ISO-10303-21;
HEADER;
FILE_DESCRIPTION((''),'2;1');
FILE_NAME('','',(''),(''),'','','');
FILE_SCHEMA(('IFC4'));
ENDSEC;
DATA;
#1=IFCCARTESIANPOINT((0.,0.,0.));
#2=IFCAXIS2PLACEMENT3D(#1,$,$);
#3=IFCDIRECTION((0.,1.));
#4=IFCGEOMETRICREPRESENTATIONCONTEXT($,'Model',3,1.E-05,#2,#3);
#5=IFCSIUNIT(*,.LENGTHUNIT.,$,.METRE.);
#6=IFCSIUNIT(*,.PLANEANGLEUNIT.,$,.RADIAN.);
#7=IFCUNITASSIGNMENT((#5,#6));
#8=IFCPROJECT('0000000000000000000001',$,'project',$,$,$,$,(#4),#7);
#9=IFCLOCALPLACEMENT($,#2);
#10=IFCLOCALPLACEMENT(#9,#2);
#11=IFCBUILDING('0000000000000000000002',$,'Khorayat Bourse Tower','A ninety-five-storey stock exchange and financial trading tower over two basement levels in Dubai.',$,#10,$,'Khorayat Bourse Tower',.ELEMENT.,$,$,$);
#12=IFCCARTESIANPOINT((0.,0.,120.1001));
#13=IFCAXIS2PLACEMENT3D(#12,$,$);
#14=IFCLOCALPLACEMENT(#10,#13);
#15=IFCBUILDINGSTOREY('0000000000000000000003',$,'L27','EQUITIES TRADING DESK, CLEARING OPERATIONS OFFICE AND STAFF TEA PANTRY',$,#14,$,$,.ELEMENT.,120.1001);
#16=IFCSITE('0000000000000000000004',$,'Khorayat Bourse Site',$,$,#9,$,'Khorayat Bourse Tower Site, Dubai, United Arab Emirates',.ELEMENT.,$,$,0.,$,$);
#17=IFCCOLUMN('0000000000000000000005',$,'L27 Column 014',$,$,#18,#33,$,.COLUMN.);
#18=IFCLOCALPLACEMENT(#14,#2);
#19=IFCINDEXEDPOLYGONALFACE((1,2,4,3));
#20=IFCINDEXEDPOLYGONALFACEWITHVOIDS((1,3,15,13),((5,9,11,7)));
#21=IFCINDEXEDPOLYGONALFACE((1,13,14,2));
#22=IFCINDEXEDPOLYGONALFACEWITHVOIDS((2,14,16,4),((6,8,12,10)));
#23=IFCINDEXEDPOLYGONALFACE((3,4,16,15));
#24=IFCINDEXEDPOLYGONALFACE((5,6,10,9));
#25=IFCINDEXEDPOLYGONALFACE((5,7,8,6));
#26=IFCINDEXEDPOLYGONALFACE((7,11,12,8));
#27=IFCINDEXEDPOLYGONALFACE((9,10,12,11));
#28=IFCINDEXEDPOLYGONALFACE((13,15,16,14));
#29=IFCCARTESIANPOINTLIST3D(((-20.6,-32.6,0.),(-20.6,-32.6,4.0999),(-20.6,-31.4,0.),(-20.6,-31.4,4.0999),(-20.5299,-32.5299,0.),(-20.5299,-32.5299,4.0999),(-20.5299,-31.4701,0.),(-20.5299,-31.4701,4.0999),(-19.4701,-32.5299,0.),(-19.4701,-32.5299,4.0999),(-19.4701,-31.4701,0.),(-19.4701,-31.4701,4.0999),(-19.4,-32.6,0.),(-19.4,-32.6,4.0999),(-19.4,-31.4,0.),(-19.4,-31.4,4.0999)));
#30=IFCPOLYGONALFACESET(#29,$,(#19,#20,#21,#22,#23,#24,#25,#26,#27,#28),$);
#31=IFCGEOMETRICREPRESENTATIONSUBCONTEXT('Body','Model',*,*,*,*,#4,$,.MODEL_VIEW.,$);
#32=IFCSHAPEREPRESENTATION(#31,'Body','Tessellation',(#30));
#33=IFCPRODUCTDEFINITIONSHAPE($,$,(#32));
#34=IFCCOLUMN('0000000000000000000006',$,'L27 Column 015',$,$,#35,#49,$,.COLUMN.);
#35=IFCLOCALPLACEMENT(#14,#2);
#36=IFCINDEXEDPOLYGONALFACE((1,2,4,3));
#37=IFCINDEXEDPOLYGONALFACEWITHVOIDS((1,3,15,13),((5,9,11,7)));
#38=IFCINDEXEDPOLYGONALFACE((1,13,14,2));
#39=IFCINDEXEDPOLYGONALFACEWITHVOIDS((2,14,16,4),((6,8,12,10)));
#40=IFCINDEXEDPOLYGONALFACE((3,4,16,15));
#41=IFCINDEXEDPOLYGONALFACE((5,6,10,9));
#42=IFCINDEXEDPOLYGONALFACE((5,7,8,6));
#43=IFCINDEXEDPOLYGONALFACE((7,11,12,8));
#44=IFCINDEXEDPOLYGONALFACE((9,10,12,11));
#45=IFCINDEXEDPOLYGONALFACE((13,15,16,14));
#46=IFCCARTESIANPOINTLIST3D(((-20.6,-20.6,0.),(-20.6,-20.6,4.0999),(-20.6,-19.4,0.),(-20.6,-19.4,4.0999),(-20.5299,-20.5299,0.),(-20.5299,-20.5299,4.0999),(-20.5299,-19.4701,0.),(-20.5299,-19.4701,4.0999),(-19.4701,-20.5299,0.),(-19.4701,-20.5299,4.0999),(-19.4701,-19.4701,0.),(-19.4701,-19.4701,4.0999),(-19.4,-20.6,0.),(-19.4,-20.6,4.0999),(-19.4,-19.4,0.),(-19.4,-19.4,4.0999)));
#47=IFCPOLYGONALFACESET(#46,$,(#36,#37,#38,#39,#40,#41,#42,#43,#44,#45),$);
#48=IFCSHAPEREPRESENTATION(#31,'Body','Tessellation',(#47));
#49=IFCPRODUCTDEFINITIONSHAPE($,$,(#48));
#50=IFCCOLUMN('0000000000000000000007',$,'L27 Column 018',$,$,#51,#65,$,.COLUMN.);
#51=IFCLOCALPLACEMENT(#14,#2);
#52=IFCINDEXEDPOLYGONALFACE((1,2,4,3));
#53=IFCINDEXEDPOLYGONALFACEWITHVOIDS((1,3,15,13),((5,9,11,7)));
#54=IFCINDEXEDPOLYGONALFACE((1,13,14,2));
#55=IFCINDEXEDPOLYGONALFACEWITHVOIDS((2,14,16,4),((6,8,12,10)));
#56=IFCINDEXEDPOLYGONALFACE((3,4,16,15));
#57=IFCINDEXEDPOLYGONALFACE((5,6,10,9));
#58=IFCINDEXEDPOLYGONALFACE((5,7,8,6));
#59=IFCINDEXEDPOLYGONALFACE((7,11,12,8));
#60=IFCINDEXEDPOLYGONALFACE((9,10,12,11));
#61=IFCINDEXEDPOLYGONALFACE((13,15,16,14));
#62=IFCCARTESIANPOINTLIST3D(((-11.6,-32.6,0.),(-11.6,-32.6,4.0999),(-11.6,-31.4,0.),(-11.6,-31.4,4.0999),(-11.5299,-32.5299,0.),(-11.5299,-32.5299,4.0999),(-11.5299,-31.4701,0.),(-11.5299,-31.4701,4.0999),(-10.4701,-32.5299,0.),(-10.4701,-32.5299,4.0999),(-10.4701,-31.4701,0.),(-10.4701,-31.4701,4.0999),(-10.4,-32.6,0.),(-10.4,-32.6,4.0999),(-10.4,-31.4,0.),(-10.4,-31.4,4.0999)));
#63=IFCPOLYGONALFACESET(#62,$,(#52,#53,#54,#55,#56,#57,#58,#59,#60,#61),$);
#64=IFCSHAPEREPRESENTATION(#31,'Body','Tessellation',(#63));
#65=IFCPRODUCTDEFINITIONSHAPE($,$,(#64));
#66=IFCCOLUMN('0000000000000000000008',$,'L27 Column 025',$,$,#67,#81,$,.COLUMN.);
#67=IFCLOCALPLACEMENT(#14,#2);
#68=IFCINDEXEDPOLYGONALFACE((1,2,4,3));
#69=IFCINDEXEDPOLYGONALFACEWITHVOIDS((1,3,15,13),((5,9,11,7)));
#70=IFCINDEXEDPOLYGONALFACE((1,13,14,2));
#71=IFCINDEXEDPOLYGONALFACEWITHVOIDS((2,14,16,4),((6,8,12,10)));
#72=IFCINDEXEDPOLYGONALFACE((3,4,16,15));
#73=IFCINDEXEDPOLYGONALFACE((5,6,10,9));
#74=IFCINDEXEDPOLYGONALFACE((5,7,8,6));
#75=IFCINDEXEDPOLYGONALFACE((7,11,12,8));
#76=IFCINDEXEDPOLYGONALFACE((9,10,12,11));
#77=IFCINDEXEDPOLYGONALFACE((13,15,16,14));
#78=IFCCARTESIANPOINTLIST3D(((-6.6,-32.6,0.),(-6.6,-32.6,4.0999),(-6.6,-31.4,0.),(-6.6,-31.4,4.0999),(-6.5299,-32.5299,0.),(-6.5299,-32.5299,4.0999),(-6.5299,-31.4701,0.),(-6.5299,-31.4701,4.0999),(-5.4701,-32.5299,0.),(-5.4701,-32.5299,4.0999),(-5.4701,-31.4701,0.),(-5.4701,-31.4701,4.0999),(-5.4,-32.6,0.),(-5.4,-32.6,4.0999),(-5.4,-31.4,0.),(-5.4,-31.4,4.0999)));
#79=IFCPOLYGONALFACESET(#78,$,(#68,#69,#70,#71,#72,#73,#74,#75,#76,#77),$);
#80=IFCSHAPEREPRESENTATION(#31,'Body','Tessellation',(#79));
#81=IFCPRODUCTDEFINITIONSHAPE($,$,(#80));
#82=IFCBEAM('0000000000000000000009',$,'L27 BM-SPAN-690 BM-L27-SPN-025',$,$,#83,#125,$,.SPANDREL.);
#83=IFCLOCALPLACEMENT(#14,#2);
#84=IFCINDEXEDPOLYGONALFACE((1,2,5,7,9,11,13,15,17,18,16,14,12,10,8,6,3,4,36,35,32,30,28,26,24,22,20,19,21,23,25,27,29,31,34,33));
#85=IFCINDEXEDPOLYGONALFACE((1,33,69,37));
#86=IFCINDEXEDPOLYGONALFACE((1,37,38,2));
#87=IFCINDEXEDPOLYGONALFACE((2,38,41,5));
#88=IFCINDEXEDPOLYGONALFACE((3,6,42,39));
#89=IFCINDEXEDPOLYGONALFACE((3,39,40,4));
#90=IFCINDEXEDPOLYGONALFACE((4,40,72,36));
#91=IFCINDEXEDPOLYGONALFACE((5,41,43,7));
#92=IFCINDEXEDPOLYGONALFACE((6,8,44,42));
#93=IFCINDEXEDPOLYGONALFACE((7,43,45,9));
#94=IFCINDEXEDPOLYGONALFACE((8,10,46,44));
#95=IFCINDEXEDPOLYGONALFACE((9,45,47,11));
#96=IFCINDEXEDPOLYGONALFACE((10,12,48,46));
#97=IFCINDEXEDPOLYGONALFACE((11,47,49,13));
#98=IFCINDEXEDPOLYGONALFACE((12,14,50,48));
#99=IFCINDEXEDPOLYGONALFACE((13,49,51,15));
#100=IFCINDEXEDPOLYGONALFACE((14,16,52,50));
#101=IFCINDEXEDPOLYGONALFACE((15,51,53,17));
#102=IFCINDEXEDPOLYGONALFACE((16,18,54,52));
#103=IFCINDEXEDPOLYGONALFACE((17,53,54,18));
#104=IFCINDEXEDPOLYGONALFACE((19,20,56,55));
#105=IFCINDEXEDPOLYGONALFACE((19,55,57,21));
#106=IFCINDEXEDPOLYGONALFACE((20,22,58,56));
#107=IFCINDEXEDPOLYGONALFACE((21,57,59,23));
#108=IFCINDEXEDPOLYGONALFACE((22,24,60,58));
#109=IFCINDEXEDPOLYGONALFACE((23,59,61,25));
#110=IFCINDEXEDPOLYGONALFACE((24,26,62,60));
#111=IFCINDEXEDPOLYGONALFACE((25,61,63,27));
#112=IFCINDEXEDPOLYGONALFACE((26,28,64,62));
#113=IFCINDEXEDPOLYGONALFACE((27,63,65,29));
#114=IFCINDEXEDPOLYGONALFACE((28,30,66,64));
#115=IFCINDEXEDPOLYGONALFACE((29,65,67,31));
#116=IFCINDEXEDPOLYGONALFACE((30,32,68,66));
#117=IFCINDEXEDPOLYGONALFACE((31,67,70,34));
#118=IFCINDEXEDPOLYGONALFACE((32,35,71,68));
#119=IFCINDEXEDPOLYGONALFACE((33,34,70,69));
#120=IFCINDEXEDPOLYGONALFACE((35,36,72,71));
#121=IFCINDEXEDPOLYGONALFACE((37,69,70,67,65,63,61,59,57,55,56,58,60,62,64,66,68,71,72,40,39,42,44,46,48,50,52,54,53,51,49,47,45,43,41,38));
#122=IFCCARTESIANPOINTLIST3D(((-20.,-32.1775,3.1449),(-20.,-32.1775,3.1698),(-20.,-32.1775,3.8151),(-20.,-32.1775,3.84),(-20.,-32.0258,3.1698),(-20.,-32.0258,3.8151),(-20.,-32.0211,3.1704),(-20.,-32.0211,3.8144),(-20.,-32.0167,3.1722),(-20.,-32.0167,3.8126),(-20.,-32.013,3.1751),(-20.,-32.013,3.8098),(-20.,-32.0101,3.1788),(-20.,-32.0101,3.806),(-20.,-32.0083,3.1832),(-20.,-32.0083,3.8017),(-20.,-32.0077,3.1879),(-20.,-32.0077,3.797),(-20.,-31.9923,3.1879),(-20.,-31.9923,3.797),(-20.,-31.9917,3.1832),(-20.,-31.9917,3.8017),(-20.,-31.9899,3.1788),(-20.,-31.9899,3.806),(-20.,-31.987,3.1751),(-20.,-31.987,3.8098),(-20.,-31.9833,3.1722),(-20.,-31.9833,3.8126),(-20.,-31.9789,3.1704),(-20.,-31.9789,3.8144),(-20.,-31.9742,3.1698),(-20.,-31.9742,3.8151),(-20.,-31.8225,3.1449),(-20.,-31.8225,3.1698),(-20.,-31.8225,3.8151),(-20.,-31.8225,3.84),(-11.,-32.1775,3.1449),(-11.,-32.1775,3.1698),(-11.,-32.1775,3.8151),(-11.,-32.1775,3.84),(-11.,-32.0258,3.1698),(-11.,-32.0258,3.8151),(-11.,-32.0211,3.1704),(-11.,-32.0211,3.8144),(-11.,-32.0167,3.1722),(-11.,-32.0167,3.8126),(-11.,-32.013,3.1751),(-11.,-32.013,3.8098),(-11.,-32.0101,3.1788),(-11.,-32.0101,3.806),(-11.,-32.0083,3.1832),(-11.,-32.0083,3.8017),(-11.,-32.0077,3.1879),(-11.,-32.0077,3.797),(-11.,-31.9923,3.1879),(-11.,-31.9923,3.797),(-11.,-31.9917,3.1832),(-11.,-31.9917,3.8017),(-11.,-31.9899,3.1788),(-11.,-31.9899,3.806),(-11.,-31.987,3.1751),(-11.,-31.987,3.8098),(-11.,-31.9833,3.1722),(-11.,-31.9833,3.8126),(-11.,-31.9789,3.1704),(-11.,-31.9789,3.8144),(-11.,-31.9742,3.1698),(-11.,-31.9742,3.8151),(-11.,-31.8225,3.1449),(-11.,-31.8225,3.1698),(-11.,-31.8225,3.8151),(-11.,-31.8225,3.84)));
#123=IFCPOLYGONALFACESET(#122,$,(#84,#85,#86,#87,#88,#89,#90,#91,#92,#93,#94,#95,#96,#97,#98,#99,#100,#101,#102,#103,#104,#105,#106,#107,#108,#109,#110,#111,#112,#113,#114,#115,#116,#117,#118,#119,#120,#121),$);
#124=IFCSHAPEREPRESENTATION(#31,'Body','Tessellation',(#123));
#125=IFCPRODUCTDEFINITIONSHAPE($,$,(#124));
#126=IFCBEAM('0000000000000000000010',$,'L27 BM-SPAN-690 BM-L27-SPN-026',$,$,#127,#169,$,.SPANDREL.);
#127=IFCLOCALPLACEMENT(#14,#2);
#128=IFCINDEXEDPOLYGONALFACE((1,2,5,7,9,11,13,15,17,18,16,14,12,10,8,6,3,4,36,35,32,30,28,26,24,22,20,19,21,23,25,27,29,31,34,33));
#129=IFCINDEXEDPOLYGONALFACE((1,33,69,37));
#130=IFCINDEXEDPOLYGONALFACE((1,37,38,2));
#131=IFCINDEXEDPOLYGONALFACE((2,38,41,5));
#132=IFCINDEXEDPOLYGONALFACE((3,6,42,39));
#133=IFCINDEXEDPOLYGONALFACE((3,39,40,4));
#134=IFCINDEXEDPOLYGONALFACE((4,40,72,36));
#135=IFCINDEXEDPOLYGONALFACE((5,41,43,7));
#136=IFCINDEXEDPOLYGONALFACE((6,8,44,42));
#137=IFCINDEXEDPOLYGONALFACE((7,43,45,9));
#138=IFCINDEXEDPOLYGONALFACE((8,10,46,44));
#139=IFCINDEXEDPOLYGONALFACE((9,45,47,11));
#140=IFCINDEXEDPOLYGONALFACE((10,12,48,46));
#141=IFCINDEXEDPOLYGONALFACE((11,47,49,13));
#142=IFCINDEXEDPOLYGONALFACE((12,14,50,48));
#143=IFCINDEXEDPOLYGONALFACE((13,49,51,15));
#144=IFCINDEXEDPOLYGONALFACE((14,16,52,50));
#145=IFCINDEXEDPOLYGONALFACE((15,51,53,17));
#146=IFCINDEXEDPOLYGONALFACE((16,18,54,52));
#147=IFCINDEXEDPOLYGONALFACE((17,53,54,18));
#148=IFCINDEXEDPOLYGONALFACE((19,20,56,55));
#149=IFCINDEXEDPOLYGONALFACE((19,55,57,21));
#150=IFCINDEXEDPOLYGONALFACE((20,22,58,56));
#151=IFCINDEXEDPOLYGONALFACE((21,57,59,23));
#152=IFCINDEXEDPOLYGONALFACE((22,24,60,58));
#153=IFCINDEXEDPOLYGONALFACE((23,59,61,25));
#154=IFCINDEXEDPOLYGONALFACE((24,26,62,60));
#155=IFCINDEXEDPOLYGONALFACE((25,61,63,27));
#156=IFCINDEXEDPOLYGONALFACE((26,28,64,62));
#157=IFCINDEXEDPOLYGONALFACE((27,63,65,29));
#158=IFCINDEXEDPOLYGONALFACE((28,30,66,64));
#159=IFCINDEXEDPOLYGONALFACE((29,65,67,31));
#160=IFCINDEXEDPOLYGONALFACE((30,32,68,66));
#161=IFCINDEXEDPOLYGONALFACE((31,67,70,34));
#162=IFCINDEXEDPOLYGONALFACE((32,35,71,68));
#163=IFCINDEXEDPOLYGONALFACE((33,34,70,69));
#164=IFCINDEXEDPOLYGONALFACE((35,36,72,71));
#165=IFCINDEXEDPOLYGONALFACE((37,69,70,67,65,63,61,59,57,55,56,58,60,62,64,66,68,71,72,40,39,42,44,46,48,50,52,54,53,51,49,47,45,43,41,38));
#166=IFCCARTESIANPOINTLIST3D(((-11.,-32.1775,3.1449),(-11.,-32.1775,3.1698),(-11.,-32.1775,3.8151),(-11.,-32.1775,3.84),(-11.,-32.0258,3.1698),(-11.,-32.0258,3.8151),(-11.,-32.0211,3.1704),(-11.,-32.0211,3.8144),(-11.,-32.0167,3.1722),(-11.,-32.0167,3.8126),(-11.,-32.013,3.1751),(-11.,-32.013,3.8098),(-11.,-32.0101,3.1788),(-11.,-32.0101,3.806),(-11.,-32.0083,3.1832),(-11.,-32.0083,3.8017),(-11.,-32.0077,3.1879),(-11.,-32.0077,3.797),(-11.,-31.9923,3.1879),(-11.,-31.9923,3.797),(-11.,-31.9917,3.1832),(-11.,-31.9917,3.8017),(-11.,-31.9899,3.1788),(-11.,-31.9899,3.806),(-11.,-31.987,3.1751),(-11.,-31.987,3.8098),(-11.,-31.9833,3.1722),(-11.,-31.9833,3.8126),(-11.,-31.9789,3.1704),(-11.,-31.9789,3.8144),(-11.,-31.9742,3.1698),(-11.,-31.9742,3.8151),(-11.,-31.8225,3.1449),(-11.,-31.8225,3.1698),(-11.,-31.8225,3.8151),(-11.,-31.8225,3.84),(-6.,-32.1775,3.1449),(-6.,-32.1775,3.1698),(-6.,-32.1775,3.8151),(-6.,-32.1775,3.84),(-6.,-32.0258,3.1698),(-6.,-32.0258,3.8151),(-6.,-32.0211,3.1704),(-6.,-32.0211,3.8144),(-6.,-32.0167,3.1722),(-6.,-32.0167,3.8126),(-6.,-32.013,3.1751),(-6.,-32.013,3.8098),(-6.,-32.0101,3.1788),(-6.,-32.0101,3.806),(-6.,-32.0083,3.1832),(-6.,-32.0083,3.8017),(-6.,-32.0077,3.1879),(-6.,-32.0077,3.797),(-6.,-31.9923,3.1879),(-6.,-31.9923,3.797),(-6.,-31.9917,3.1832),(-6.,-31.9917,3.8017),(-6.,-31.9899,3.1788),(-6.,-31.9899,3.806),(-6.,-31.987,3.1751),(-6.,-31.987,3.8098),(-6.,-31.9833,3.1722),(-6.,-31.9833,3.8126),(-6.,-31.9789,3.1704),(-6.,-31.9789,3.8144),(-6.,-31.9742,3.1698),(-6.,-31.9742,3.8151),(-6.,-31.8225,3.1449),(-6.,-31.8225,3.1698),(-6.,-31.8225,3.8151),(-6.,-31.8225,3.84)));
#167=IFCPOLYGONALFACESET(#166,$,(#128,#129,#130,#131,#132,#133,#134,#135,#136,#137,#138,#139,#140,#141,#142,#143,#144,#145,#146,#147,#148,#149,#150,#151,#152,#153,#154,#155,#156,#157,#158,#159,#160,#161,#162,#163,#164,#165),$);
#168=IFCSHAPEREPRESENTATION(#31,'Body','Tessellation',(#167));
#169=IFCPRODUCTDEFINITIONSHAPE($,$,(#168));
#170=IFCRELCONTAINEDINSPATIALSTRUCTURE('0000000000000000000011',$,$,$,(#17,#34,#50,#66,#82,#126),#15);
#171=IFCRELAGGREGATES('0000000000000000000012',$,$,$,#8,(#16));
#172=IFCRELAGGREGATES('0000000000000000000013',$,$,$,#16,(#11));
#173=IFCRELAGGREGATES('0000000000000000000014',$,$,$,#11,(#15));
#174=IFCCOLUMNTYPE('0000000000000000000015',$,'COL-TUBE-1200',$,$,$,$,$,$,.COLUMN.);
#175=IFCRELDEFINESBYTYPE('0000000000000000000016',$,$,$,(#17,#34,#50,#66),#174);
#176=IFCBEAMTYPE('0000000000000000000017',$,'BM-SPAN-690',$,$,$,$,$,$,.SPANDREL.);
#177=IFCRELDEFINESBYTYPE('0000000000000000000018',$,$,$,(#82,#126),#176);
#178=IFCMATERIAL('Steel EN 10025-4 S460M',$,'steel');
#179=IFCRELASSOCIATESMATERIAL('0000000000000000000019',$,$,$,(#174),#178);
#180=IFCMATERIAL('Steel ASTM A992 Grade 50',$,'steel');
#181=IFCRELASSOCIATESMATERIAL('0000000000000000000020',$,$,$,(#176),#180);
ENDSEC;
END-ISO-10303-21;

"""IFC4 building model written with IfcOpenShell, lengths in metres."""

from ifc_helpers import new_model, si_unit, direction, frame, origin, origin_2d, place, context, subcontext, project, spatial, hollow_rectangle, i_section, extrude, source, transform, mapped, material, material_profile, profile_set, type_object, element, save


model = new_model("IFC4")

# Units and contexts
model_context = context("Model", 3, precision=1e-05, world=origin(), true_north=direction((0.0, 1.0)))
body_context = subcontext(model_context, "Body", "Model", "MODEL_VIEW")
ifc_project = project(units=[si_unit("LENGTHUNIT", "METRE"), si_unit("PLANEANGLEUNIT", "RADIAN")], contexts=[model_context])

# Site, building, storey
site_placement = place(None, origin())
site = spatial("IfcSite", under=ifc_project, at=site_placement, Name="Khorayat Bourse Site", LongName="Khorayat Bourse Tower Site, Dubai, United Arab Emirates", CompositionType="ELEMENT", RefElevation=0.0)
building_placement = place(site_placement, origin())
building = spatial("IfcBuilding", under=site, at=building_placement, Name="Khorayat Bourse Tower", Description="A ninety-five-storey stock exchange and financial trading tower over two basement levels in Dubai.", LongName="Khorayat Bourse Tower", CompositionType="ELEMENT")
storey_placement = place(building_placement, frame((0.0, 0.0, 120.1001)))
storey = spatial("IfcBuildingStorey", under=building, at=storey_placement, Name="L27", Description="EQUITIES TRADING DESK, CLEARING OPERATIONS OFFICE AND STAFF TEA PANTRY", CompositionType="ELEMENT", Elevation=120.1001)

# Columns
ifc_material_1 = material(Name="Steel EN 10025-4 S460M", Category="steel")
ifc_material_profile_1 = material_profile(ifc_material_1, hollow_rectangle(XDim=1.2, YDim=1.2, WallThickness=0.0701, at=origin_2d()), Name="BOX 1200x1200x70")
ifc_profile_set_1 = profile_set([ifc_material_profile_1], Name="Steel EN 10025-4 S460M")
column_type = type_object("IfcColumnType", Name="COL-TUBE-1200", PredefinedType="COLUMN", material=ifc_profile_set_1)
shared_shape_1 = source(origin(), body_context, "Body", "SweptSolid", [
    extrude(hollow_rectangle(XDim=1.2, YDim=1.2, WallThickness=0.0701, at=origin_2d()), origin(), (0.0, 0.0, 1.0), 4.0999),
])
for number, where, z_axis, x_axis, name in (
    (1, (-20.0, -32.0, 0.0), (0.0, 0.0, 1.0), (1.0, 0.0, 0.0), "L27 Column 014"),
    (2, (-20.0, -20.0, 0.0), (0.0, 0.0, 1.0), (1.0, 0.0, 0.0), "L27 Column 015"),
    (3, (-11.0, -32.0, 0.0), (0.0, 0.0, 1.0), (1.0, 0.0, 0.0), "L27 Column 018"),
    (4, (-6.0, -32.0, 0.0), (0.0, 0.0, 1.0), (1.0, 0.0, 0.0), "L27 Column 025"),
):
    element("IfcColumn", number, at=place(storey_placement, frame(where, z_axis=z_axis, x_axis=x_axis)), inside=storey, type_object=column_type, Name=name, PredefinedType="COLUMN", context=body_context, shape_type="MappedRepresentation", body=[
        mapped(shared_shape_1, transform((0.0, 0.0, 0.0), scale=1.0)),
    ])

# Beams
ifc_material_2 = material(Name="Steel ASTM A992 Grade 50", Category="steel")
ifc_material_profile_2 = material_profile(ifc_material_2, i_section(OverallWidth=0.355, OverallDepth=0.6951, WebThickness=0.0154, FlangeThickness=0.0249, FilletRadius=0.0181, at=origin_2d()), Name="W690X217")
ifc_profile_set_2 = profile_set([ifc_material_profile_2], Name="Steel ASTM A992 Grade 50")
beam_type_1 = type_object("IfcBeamType", Name="BM-SPAN-690", PredefinedType="SPANDREL", material=ifc_profile_set_2)
shared_shape_2 = source(origin(), body_context, "Body", "SweptSolid", [
    extrude(i_section(OverallWidth=0.355, OverallDepth=0.6951, WebThickness=0.0154, FlangeThickness=0.0249, FilletRadius=0.0181, at=origin_2d()), origin(), (0.0, 0.0, 1.0), 9.0),
])
beam_1_placement = place(storey_placement, frame((-20.0, -32.0, 3.4924), z_axis=(1.0, 0.0, 0.0), x_axis=(0.0, 1.0, 0.0)))
element("IfcBeam", 5, at=beam_1_placement, inside=storey, type_object=beam_type_1, Name="L27 BM-SPAN-690 BM-L27-SPN-025", PredefinedType="SPANDREL", context=body_context, shape_type="MappedRepresentation", body=[
    mapped(shared_shape_2, transform((0.0, 0.0, 0.0), scale=1.0)),
])
shared_shape_3 = source(origin(), body_context, "Body", "SweptSolid", [
    extrude(i_section(OverallWidth=0.355, OverallDepth=0.6951, WebThickness=0.0154, FlangeThickness=0.0249, FilletRadius=0.0181, at=origin_2d()), origin(), (0.0, 0.0, 1.0), 5.0),
])
beam_2_placement = place(storey_placement, frame((-11.0, -32.0, 3.4924), z_axis=(1.0, 0.0, 0.0), x_axis=(0.0, 1.0, 0.0)))
element("IfcBeam", 6, at=beam_2_placement, inside=storey, type_object=beam_type_1, Name="L27 BM-SPAN-690 BM-L27-SPN-026", PredefinedType="SPANDREL", context=body_context, shape_type="MappedRepresentation", body=[
    mapped(shared_shape_3, transform((0.0, 0.0, 0.0), scale=1.0)),
])

save(model, "model.ifc")
